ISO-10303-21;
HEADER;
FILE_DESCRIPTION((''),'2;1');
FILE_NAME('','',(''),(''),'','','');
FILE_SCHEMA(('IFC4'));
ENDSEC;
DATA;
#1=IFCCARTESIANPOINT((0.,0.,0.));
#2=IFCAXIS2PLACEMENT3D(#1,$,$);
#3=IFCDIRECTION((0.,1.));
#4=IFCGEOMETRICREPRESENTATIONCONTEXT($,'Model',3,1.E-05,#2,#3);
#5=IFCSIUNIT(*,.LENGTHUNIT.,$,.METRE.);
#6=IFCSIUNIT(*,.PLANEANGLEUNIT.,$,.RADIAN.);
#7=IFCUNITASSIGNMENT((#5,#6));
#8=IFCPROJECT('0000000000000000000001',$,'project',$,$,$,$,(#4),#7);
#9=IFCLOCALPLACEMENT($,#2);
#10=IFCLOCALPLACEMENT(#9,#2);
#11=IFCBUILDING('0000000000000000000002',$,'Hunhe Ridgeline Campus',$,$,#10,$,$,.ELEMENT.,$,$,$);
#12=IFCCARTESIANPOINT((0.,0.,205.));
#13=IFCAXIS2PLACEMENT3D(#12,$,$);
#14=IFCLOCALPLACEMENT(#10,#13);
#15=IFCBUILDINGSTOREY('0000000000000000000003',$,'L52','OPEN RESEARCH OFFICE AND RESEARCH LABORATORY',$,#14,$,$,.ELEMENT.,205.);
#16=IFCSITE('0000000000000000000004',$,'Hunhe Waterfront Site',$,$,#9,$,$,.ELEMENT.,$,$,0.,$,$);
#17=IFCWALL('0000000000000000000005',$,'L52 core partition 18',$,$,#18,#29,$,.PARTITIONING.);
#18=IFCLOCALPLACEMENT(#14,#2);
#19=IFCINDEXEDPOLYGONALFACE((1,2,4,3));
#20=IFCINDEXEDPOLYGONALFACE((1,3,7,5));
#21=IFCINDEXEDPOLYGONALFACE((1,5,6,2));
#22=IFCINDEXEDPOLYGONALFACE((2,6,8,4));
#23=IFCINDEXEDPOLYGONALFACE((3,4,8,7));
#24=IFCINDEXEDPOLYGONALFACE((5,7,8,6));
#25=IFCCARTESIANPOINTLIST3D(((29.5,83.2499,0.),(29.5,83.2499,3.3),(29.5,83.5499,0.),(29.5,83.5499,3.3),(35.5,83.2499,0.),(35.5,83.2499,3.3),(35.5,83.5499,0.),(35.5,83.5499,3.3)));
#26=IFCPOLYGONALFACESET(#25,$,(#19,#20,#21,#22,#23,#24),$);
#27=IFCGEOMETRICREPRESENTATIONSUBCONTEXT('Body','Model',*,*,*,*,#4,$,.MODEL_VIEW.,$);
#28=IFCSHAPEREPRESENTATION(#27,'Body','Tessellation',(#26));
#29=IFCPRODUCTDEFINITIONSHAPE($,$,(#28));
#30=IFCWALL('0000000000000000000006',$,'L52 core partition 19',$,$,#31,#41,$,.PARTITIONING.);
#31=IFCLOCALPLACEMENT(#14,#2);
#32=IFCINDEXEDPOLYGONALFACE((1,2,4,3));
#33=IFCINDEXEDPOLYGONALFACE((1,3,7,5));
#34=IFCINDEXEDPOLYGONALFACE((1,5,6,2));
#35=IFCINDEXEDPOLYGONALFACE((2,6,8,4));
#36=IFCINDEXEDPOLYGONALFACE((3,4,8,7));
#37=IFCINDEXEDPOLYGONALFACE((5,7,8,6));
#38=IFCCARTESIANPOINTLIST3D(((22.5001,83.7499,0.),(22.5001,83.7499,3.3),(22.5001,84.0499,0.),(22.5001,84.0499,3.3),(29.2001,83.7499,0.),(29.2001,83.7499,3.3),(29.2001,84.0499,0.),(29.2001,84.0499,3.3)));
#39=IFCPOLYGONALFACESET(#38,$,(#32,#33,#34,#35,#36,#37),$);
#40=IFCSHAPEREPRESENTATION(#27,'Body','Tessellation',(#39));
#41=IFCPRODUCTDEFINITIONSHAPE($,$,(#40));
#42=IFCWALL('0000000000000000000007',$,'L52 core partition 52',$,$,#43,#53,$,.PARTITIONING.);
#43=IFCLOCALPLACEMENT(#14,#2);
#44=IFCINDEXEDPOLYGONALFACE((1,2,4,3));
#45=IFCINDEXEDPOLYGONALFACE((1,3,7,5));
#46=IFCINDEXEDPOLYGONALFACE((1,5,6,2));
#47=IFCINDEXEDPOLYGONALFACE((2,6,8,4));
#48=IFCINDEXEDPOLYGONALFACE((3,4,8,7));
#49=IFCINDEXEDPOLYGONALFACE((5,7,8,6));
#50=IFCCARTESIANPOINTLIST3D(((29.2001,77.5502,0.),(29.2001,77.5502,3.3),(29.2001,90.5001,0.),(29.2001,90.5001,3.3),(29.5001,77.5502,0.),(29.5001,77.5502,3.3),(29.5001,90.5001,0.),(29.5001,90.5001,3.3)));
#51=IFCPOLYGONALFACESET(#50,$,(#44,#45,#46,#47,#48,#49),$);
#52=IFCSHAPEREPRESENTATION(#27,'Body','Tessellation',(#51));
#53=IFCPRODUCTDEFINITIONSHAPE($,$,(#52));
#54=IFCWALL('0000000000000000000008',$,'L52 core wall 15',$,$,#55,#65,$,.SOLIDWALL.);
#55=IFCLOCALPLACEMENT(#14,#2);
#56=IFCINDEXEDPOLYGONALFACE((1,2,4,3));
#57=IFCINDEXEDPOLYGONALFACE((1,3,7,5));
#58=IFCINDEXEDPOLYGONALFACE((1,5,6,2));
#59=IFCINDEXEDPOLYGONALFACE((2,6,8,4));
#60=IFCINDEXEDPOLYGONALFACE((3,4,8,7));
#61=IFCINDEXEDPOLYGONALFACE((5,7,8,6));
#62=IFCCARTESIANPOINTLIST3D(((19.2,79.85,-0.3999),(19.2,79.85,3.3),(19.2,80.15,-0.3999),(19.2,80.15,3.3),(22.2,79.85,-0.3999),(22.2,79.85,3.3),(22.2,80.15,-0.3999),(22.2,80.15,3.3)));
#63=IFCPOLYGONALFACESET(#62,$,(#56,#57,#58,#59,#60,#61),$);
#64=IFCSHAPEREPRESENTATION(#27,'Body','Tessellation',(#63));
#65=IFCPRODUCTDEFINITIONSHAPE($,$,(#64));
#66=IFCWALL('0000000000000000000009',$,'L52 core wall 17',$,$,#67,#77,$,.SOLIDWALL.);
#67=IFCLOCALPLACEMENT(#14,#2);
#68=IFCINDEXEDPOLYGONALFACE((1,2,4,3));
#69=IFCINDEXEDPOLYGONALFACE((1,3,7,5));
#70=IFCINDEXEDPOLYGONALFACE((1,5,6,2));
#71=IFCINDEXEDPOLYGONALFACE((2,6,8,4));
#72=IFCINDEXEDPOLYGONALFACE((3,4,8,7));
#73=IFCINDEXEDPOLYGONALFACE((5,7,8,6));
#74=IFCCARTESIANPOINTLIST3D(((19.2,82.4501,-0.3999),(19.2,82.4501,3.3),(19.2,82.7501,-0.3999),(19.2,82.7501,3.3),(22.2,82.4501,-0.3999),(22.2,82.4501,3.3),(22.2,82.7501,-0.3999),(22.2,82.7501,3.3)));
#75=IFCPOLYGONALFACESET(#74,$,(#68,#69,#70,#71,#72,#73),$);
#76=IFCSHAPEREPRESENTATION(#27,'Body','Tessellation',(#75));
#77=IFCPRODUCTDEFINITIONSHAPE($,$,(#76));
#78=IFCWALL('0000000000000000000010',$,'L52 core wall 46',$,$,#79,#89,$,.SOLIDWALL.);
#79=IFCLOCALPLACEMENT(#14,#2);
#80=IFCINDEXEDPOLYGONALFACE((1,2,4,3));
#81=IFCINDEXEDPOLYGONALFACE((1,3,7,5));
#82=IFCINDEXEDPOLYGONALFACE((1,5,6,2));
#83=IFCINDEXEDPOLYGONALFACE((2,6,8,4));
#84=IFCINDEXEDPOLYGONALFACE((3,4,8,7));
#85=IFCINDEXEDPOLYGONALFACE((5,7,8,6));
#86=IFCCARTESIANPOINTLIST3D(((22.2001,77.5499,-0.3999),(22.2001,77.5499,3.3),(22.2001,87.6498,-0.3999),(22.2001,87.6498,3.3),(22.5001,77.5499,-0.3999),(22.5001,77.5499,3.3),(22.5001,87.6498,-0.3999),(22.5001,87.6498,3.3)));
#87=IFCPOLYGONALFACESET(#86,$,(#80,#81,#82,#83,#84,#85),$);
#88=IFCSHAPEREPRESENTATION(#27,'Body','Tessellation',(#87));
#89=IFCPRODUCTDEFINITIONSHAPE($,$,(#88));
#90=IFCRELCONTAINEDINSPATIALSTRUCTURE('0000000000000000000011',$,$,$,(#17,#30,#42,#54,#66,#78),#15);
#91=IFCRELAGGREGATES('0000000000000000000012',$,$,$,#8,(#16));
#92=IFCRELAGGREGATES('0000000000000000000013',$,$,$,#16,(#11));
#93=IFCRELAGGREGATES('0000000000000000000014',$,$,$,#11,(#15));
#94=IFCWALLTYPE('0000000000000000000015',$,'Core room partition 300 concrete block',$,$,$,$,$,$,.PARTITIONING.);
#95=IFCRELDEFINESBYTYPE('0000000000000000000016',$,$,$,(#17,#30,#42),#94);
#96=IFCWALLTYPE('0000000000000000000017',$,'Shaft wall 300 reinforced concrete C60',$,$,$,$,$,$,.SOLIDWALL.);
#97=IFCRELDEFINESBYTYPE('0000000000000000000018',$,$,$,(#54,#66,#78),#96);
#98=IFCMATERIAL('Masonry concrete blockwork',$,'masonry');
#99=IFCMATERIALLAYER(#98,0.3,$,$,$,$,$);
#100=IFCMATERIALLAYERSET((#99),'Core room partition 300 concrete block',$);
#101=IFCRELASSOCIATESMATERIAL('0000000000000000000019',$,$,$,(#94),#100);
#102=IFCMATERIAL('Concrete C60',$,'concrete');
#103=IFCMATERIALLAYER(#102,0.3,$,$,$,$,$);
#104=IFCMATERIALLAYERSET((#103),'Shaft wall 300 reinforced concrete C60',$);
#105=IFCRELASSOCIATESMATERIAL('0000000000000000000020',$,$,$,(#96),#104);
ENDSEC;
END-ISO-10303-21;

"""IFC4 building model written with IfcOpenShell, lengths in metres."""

from ifc_helpers import new_model, si_unit, direction, frame, frame_2d, origin, place, context, subcontext, project, spatial, rectangle, extrude, material, layer, layer_set, type_object, element, save


model = new_model("IFC4")

# Units and contexts
model_context = context("Model", 3, precision=1e-05, world=origin(), true_north=direction((0.0, 1.0)))
body_context = subcontext(model_context, "Body", "Model", "MODEL_VIEW")
ifc_project = project(units=[si_unit("LENGTHUNIT", "METRE"), si_unit("PLANEANGLEUNIT", "RADIAN")], contexts=[model_context])

# Site, building, storey
site_placement = place(None, origin())
site = spatial("IfcSite", under=ifc_project, at=site_placement, Name="Hunhe Waterfront Site", CompositionType="ELEMENT", RefElevation=0.0)
building_placement = place(site_placement, origin())
building = spatial("IfcBuilding", under=site, at=building_placement, Name="Hunhe Ridgeline Campus", CompositionType="ELEMENT")
storey_placement = place(building_placement, frame((0.0, 0.0, 205.0)))
storey = spatial("IfcBuildingStorey", under=building, at=storey_placement, Name="L52", Description="OPEN RESEARCH OFFICE AND RESEARCH LABORATORY", CompositionType="ELEMENT", Elevation=205.0)

# Shared definitions
ifc_material_1 = material(Name="Masonry concrete blockwork", Category="masonry")
ifc_layer_1 = layer(ifc_material_1, 0.3)
ifc_layer_set_1 = layer_set([ifc_layer_1], Name="Core room partition 300 concrete block")
wall_type_1 = type_object("IfcWallType", Name="Core room partition 300 concrete block", PredefinedType="PARTITIONING", material=ifc_layer_set_1)

# Walls
wall_1_placement = place(storey_placement, frame((29.5, 83.3999, 0.0), z_axis=(0.0, 0.0, 1.0), x_axis=(1.0, 0.0, 0.0)))
element("IfcWall", 1, at=wall_1_placement, inside=storey, type_object=wall_type_1, Name="L52 core partition 18", PredefinedType="PARTITIONING", context=body_context, shape_type="SweptSolid", body=[
    extrude(rectangle(XDim=6.0, YDim=0.3, at=frame_2d((3.0, 0.0))), origin(), (0.0, 0.0, 1.0), 3.3),
])
wall_2_placement = place(storey_placement, frame((22.5, 83.8999, 0.0), z_axis=(0.0, 0.0, 1.0), x_axis=(1.0, 0.0, 0.0)))
element("IfcWall", 2, at=wall_2_placement, inside=storey, type_object=wall_type_1, Name="L52 core partition 19", PredefinedType="PARTITIONING", context=body_context, shape_type="SweptSolid", body=[
    extrude(rectangle(XDim=6.7, YDim=0.3, at=frame_2d((3.3501, 0.0))), origin(), (0.0, 0.0, 1.0), 3.3),
])
wall_3_placement = place(storey_placement, frame((29.3501, 77.55, 0.0), z_axis=(0.0, 0.0, 1.0), x_axis=(0.0, 1.0, 0.0)))
element("IfcWall", 3, at=wall_3_placement, inside=storey, type_object=wall_type_1, Name="L52 core partition 52", PredefinedType="PARTITIONING", context=body_context, shape_type="SweptSolid", body=[
    extrude(rectangle(XDim=12.95, YDim=0.3, at=frame_2d((6.4751, 0.0))), origin(), (0.0, 0.0, 1.0), 3.3),
])
ifc_material_2 = material(Name="Concrete C60", Category="concrete")
ifc_layer_2 = layer(ifc_material_2, 0.3)
ifc_layer_set_2 = layer_set([ifc_layer_2], Name="Shaft wall 300 reinforced concrete C60")
wall_type_2 = type_object("IfcWallType", Name="Shaft wall 300 reinforced concrete C60", PredefinedType="SOLIDWALL", material=ifc_layer_set_2)
for number, where, z_axis, x_axis, name in (
    (4, (19.2, 80.0, -0.3999), (0.0, 0.0, 1.0), (1.0, 0.0, 0.0), "L52 core wall 15"),
    (5, (19.2, 82.6001, -0.3999), (0.0, 0.0, 1.0), (1.0, 0.0, 0.0), "L52 core wall 17"),
):
    element("IfcWall", number, at=place(storey_placement, frame(where, z_axis=z_axis, x_axis=x_axis)), inside=storey, type_object=wall_type_2, Name=name, PredefinedType="SOLIDWALL", context=body_context, shape_type="SweptSolid", body=[
        extrude(rectangle(XDim=3.0, YDim=0.3, at=frame_2d((1.5, 0.0))), origin(), (0.0, 0.0, 1.0), 3.7),
    ])

# Wall
wall_4_placement = place(storey_placement, frame((22.3501, 77.55, -0.3999), z_axis=(0.0, 0.0, 1.0), x_axis=(0.0, 1.0, 0.0)))
element("IfcWall", 6, at=wall_4_placement, inside=storey, type_object=wall_type_2, Name="L52 core wall 46", PredefinedType="SOLIDWALL", context=body_context, shape_type="SweptSolid", body=[
    extrude(rectangle(XDim=10.0999, YDim=0.3, at=frame_2d((5.0498, 0.0))), origin(), (0.0, 0.0, 1.0), 3.7),
])

save(model, "model.ifc")
